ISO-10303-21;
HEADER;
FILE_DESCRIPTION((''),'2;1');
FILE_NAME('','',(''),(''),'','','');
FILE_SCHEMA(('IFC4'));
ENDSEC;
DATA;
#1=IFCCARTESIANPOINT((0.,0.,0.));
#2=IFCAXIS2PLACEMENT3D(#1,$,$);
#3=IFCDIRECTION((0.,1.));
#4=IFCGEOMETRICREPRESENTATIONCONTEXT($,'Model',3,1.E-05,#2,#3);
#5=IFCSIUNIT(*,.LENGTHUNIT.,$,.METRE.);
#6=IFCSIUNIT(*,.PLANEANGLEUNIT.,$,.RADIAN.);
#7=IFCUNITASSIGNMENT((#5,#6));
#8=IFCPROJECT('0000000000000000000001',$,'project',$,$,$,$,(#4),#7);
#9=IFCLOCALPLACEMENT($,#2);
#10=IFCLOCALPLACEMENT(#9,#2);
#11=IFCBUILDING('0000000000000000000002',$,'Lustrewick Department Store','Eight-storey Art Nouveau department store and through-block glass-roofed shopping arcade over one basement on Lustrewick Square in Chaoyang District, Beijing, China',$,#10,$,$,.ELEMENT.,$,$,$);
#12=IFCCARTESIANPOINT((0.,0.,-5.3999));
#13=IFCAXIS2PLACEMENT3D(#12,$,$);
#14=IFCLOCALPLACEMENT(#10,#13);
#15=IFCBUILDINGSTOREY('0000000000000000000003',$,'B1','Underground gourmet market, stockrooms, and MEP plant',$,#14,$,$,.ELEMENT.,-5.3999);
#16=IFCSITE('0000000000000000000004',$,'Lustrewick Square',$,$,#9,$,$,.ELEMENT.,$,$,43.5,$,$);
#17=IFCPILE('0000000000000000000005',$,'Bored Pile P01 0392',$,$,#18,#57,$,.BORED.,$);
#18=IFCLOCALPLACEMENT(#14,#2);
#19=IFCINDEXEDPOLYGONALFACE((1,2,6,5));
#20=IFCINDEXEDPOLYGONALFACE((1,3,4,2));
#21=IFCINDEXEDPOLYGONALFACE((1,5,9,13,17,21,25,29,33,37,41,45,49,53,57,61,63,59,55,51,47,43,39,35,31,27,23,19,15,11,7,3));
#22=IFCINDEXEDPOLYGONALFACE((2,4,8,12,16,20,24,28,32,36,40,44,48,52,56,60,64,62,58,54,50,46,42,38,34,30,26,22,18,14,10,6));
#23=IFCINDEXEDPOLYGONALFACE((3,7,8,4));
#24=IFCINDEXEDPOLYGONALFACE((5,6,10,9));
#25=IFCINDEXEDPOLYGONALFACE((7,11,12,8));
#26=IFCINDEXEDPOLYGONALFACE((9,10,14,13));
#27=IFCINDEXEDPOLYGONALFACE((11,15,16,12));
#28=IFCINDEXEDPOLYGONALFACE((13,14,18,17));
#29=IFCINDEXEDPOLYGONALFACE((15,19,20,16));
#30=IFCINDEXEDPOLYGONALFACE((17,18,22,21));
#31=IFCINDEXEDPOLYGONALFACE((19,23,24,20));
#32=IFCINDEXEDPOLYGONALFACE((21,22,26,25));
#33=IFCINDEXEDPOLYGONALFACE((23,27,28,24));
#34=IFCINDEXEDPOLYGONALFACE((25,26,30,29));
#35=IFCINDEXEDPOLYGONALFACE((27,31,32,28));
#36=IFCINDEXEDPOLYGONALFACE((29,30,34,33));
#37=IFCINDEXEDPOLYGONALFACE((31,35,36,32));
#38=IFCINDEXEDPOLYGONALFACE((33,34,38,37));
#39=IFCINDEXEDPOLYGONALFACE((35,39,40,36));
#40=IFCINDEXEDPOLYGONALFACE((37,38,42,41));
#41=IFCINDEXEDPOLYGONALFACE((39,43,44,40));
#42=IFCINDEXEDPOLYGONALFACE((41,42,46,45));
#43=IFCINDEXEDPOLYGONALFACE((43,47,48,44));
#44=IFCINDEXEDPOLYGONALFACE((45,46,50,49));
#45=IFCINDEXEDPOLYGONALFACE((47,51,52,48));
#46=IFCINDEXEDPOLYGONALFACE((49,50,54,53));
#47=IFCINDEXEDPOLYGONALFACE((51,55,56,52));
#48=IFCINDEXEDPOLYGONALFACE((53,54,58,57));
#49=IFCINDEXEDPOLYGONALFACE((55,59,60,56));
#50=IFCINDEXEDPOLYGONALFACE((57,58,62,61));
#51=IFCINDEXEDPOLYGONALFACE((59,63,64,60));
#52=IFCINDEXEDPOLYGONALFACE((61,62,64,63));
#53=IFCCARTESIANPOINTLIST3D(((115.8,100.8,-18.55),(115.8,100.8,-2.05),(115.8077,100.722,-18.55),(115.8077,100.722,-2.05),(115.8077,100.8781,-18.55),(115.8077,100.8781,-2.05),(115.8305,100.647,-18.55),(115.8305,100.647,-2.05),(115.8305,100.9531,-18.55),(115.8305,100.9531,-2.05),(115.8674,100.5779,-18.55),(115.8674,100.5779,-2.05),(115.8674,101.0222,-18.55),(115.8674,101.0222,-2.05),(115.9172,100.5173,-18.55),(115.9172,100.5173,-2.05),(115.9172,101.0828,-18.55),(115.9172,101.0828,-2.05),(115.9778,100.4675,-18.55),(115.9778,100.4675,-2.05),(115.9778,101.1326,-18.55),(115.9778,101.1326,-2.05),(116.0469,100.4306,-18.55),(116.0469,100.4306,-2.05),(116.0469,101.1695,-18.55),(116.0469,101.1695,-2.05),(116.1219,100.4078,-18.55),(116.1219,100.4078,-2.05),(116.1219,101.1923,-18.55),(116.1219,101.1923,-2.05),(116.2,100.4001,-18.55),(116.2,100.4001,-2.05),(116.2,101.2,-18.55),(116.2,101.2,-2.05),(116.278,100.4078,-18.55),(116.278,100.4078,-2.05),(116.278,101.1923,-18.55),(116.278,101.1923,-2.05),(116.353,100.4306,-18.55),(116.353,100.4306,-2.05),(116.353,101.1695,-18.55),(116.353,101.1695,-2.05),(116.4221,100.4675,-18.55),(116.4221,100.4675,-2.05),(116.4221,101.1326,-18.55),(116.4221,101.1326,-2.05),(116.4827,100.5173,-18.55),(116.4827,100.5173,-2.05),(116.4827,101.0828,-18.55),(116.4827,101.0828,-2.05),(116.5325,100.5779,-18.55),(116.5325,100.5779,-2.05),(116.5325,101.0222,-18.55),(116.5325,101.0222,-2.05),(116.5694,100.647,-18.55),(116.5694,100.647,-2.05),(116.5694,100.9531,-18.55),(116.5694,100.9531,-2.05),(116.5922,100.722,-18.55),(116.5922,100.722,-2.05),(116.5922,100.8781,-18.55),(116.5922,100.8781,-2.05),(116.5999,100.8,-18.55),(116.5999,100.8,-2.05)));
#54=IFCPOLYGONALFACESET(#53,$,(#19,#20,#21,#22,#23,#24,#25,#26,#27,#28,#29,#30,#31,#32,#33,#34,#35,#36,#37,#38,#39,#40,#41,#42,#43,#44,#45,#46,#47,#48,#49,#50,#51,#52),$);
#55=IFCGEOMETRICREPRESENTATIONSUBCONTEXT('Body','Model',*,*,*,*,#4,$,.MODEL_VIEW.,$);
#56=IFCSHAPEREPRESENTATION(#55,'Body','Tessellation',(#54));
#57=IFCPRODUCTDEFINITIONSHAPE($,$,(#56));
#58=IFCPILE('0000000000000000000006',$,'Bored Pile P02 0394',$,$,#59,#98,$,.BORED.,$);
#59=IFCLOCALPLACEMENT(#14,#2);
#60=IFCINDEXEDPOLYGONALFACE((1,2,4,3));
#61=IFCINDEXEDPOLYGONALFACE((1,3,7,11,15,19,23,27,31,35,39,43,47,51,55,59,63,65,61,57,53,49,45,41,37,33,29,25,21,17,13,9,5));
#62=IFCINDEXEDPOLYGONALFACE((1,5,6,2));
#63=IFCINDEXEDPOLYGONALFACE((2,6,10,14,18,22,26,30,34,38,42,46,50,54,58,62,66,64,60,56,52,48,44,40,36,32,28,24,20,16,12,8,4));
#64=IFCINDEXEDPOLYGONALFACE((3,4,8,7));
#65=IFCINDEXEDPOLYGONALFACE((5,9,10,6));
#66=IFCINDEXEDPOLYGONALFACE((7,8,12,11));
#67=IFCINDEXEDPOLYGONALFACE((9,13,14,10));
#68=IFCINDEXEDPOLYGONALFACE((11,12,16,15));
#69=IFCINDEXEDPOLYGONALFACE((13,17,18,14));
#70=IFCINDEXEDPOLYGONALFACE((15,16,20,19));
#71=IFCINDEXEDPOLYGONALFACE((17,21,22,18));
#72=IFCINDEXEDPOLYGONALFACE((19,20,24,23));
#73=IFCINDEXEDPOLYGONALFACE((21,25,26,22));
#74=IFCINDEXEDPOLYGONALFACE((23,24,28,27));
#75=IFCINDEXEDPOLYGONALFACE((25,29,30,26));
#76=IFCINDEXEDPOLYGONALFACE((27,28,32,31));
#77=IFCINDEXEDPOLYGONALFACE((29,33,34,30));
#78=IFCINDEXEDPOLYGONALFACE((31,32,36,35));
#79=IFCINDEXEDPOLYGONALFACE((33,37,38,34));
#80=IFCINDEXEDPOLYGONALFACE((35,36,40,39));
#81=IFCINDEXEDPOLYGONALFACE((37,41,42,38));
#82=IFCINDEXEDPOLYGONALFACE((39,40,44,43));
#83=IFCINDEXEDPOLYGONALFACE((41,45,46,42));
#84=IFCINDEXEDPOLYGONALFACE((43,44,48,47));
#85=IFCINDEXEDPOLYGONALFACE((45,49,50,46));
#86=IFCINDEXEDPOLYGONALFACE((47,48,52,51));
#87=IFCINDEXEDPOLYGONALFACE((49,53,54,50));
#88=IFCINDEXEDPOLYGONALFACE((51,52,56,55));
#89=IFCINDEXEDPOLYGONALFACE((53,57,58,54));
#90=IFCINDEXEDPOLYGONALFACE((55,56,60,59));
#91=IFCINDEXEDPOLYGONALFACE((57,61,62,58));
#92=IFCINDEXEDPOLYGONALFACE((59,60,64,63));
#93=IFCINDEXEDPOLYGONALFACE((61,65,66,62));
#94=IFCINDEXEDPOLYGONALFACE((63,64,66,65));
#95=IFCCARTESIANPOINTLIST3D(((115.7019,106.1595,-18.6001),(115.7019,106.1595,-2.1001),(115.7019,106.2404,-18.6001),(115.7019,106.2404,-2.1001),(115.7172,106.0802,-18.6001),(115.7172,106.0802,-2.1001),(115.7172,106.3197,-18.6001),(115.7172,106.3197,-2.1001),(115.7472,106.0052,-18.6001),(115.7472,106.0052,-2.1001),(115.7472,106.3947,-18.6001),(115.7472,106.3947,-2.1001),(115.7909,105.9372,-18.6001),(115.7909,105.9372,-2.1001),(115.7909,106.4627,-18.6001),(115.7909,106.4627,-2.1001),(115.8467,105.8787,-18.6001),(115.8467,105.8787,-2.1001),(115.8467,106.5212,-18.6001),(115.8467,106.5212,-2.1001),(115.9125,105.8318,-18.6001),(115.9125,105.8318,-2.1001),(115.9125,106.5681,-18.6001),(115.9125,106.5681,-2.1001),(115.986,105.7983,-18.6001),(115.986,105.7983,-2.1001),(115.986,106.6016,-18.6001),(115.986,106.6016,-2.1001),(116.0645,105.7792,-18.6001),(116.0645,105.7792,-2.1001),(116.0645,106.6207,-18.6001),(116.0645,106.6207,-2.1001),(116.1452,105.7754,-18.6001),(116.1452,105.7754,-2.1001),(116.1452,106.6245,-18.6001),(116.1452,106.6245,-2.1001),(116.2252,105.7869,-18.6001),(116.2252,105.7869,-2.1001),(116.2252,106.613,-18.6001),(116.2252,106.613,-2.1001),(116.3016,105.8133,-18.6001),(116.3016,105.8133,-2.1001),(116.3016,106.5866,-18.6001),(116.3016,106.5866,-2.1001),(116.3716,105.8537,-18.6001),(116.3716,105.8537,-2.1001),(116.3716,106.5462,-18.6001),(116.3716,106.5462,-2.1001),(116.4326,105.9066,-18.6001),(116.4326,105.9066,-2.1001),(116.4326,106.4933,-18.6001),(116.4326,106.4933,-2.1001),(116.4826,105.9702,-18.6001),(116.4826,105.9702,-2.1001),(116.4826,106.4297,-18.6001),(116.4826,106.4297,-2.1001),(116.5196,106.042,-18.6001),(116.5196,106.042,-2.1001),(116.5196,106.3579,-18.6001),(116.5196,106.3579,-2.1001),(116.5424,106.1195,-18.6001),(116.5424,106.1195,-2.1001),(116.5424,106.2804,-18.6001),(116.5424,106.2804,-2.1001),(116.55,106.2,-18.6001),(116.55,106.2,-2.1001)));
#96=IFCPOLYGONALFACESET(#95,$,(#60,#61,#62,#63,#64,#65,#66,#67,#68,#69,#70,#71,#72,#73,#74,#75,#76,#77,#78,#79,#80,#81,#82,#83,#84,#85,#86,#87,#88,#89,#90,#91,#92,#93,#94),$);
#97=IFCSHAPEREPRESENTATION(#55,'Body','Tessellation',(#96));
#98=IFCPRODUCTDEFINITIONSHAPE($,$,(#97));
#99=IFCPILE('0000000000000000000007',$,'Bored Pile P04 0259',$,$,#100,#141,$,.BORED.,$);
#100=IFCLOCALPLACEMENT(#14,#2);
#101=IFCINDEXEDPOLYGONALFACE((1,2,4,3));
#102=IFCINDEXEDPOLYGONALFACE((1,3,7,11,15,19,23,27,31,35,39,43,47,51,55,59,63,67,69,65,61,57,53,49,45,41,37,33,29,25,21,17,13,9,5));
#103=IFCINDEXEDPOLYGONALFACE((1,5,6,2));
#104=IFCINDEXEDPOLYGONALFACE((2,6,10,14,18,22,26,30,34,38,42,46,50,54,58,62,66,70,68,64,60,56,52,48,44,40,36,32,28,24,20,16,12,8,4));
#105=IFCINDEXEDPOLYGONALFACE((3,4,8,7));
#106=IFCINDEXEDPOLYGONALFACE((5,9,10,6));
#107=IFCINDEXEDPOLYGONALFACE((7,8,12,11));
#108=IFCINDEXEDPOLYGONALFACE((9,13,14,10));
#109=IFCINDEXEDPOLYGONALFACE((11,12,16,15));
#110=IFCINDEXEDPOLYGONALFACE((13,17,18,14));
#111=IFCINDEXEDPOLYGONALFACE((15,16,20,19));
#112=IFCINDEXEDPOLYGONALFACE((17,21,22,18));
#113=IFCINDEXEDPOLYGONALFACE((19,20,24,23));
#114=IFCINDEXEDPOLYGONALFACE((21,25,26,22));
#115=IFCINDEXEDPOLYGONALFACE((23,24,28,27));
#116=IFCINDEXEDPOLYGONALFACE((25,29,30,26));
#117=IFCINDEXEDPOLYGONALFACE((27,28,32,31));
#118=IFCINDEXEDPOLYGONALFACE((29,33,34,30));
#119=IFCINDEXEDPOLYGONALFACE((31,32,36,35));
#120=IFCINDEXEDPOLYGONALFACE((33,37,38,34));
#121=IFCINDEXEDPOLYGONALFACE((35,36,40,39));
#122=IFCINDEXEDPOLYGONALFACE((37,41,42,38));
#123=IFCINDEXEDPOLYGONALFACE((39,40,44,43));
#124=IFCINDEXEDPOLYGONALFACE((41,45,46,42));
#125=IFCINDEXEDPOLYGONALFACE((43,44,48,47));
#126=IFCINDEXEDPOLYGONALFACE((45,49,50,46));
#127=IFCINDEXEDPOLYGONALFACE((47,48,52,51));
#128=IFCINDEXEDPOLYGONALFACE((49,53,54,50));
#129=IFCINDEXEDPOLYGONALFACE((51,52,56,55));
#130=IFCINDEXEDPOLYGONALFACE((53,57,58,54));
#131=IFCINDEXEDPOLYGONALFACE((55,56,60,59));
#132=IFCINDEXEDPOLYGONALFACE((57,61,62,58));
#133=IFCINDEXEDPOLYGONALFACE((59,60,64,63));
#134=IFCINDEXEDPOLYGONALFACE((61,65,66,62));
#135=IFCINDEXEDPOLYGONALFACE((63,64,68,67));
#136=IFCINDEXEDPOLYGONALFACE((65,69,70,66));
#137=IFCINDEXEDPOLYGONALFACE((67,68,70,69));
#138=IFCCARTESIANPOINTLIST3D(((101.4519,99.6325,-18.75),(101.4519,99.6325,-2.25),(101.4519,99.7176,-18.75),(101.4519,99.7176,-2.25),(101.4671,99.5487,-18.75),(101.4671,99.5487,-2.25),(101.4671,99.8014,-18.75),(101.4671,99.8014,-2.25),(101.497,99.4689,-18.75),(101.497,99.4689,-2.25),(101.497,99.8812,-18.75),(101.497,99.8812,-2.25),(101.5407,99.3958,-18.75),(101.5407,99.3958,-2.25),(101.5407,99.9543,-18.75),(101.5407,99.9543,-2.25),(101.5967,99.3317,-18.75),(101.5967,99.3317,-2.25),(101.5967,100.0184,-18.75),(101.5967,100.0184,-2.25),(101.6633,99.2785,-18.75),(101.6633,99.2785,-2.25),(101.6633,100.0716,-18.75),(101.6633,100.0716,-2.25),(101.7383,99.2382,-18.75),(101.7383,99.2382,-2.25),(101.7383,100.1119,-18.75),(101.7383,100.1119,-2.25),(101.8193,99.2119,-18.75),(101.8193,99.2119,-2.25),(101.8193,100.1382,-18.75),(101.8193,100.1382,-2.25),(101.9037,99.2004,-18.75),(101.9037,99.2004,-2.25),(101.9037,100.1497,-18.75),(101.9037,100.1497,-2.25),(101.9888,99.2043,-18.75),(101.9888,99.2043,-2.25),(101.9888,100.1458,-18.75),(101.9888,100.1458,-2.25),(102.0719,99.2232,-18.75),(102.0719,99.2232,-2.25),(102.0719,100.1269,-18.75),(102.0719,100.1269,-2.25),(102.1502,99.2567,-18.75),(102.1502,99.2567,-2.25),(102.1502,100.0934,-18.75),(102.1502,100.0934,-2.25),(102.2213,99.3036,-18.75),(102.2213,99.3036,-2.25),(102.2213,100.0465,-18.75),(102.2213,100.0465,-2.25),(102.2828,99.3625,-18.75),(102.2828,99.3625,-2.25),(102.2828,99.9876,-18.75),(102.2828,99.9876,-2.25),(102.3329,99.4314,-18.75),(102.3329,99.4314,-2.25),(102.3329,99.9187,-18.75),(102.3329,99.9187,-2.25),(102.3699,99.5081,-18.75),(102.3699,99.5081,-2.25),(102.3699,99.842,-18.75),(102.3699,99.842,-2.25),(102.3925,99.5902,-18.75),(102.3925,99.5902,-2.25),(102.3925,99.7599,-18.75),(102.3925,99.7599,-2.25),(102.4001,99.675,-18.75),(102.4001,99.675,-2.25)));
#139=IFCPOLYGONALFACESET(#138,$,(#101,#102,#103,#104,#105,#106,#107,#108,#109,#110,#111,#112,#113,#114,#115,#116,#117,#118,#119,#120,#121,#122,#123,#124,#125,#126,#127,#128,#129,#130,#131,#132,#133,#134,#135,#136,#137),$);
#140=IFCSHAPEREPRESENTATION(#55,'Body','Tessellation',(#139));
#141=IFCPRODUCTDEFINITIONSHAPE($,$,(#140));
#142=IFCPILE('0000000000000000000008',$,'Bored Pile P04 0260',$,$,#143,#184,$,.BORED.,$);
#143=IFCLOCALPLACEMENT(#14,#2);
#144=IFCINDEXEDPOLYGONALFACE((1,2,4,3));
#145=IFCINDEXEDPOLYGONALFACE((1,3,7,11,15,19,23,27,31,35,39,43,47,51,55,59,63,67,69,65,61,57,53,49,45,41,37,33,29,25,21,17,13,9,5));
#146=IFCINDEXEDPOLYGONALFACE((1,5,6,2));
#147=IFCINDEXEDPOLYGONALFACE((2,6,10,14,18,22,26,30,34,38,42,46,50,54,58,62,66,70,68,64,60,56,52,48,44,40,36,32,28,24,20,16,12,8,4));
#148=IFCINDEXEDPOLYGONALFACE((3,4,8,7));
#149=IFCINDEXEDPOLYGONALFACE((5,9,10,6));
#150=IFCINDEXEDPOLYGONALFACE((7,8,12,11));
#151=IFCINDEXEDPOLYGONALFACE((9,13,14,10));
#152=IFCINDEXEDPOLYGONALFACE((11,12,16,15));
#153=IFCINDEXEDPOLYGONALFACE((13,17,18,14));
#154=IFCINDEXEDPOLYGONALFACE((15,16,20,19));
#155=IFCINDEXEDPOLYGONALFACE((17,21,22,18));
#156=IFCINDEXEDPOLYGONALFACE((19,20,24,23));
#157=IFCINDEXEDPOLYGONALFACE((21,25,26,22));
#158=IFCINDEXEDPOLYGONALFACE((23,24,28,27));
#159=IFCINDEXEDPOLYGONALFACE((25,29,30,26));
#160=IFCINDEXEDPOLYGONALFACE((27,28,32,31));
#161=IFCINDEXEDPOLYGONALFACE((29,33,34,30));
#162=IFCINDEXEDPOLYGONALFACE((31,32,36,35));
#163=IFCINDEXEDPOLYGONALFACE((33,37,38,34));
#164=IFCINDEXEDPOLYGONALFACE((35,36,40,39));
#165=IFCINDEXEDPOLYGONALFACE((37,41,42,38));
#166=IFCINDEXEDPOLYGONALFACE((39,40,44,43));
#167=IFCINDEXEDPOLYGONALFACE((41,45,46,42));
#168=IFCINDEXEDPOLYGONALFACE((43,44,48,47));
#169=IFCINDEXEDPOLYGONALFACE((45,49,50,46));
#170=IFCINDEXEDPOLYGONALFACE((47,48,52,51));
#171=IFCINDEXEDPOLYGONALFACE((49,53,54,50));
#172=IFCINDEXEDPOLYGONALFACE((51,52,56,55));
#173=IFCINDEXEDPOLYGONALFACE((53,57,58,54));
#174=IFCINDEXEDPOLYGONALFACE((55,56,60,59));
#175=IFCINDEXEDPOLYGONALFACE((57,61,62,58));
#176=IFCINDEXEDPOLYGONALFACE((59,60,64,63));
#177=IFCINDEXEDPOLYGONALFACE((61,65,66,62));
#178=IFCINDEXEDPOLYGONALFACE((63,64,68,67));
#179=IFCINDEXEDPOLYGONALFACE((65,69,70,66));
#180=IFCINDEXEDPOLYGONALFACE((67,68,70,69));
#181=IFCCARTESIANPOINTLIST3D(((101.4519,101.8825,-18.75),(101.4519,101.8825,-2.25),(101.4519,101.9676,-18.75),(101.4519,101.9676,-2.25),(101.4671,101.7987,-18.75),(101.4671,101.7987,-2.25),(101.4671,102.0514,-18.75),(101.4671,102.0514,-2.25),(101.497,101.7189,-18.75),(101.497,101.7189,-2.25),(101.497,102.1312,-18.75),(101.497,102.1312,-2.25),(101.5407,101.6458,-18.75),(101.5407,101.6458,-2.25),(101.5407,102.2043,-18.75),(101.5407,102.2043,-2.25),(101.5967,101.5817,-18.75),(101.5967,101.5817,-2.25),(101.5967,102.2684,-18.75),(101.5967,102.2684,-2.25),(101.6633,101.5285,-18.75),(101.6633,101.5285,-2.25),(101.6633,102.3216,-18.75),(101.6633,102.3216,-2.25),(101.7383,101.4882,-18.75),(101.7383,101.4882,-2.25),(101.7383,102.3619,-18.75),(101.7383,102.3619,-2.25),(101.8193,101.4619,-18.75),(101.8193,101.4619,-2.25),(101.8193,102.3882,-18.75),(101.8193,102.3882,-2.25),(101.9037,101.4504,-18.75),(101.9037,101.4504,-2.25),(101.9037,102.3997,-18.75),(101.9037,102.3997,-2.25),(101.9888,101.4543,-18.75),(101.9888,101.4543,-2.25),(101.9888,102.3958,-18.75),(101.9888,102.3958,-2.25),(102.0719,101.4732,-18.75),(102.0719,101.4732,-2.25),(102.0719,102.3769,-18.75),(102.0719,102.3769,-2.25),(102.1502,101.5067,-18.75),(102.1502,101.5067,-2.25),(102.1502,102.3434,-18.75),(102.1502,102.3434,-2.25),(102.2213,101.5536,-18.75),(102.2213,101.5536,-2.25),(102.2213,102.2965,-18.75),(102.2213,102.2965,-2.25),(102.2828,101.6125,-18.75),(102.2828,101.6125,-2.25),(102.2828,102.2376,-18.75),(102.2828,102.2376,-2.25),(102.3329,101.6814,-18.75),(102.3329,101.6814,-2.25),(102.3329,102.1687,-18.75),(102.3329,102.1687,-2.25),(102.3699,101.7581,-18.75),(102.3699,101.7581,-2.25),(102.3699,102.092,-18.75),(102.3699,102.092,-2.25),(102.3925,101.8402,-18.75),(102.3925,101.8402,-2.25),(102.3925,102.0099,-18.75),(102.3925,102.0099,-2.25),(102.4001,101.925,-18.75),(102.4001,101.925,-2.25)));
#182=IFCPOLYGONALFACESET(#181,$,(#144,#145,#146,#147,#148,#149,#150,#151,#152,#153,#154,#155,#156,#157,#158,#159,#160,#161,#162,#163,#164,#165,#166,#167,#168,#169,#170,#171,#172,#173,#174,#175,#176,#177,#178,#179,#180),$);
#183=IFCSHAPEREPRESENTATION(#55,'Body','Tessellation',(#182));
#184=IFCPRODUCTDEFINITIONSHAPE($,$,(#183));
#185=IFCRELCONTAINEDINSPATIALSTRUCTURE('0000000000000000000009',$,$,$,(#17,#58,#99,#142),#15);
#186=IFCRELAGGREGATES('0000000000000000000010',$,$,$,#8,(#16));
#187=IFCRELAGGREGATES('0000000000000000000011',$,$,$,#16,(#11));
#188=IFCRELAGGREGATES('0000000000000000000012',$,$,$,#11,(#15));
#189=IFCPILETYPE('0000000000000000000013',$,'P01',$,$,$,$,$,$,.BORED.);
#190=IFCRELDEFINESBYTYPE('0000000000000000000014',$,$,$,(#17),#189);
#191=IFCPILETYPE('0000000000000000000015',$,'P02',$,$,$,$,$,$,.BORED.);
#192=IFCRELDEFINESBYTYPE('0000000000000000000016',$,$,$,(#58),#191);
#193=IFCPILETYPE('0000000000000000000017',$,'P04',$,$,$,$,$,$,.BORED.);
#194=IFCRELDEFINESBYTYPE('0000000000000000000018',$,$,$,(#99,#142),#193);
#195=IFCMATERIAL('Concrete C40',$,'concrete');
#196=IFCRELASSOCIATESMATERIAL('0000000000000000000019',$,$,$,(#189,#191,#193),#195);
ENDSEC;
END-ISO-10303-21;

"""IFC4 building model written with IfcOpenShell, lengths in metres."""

from ifc_helpers import new_model, si_unit, direction, frame, origin, origin_2d, place, context, subcontext, project, spatial, circle, extrude, material, material_profile, profile_set, type_object, element, save


model = new_model("IFC4")

# Units and contexts
model_context = context("Model", 3, precision=1e-05, world=origin(), true_north=direction((0.0, 1.0)))
body_context = subcontext(model_context, "Body", "Model", "MODEL_VIEW")
ifc_project = project(units=[si_unit("LENGTHUNIT", "METRE"), si_unit("PLANEANGLEUNIT", "RADIAN")], contexts=[model_context])

# Site, building, storey
site_placement = place(None, origin())
site = spatial("IfcSite", under=ifc_project, at=site_placement, Name="Lustrewick Square", CompositionType="ELEMENT", RefElevation=43.5)
building_placement = place(site_placement, origin())
building = spatial("IfcBuilding", under=site, at=building_placement, Name="Lustrewick Department Store", Description="Eight-storey Art Nouveau department store and through-block glass-roofed shopping arcade over one basement on Lustrewick Square in Chaoyang District, Beijing, China", CompositionType="ELEMENT")
storey_placement = place(building_placement, frame((0.0, 0.0, -5.3999)))
storey = spatial("IfcBuildingStorey", under=building, at=storey_placement, Name="B1", Description="Underground gourmet market, stockrooms, and MEP plant", CompositionType="ELEMENT", Elevation=-5.3999)

# Piles
ifc_material_1 = material(Name="Concrete C40", Category="concrete")
ifc_material_profile_1 = material_profile(ifc_material_1, circle(Radius=0.3999, at=origin_2d()), Name="PILE D800")
ifc_profile_set_1 = profile_set([ifc_material_profile_1], Name="Concrete C40")
pile_type_1 = type_object("IfcPileType", Name="P01", PredefinedType="BORED", material=ifc_profile_set_1)
pile_1_placement = place(storey_placement, frame((116.2, 100.8, -2.05), z_axis=(0.0, 0.0, -1.0), x_axis=(1.0, 0.0, 0.0)))
element("IfcPile", 1, at=pile_1_placement, inside=storey, type_object=pile_type_1, Name="Bored Pile P01 0392", PredefinedType="BORED", context=body_context, shape_type="SweptSolid", body=[
    extrude(circle(Radius=0.3999, at=origin_2d()), origin(), (0.0, 0.0, 1.0), 16.5),
])
ifc_material_profile_2 = material_profile(ifc_material_1, circle(Radius=0.425, at=origin_2d()), Name="PILE D850")
ifc_profile_set_2 = profile_set([ifc_material_profile_2], Name="Concrete C40")
pile_type_2 = type_object("IfcPileType", Name="P02", PredefinedType="BORED", material=ifc_profile_set_2)
pile_2_placement = place(storey_placement, frame((116.125, 106.2, -2.1001), z_axis=(0.0, 0.0, -1.0), x_axis=(1.0, 0.0, 0.0)))
element("IfcPile", 2, at=pile_2_placement, inside=storey, type_object=pile_type_2, Name="Bored Pile P02 0394", PredefinedType="BORED", context=body_context, shape_type="SweptSolid", body=[
    extrude(circle(Radius=0.425, at=origin_2d()), origin(), (0.0, 0.0, 1.0), 16.5),
])
ifc_material_profile_3 = material_profile(ifc_material_1, circle(Radius=0.4751, at=origin_2d()), Name="PILE D950")
ifc_profile_set_3 = profile_set([ifc_material_profile_3], Name="Concrete C40")
pile_type_3 = type_object("IfcPileType", Name="P04", PredefinedType="BORED", material=ifc_profile_set_3)
for number, where, z_axis, x_axis, name in (
    (3, (101.925, 99.675, -2.25), (0.0, 0.0, -1.0), (1.0, 0.0, 0.0), "Bored Pile P04 0259"),
    (4, (101.925, 101.925, -2.25), (0.0, 0.0, -1.0), (1.0, 0.0, 0.0), "Bored Pile P04 0260"),
):
    element("IfcPile", number, at=place(storey_placement, frame(where, z_axis=z_axis, x_axis=x_axis)), inside=storey, type_object=pile_type_3, Name=name, PredefinedType="BORED", context=body_context, shape_type="SweptSolid", body=[
        extrude(circle(Radius=0.4751, at=origin_2d()), origin(), (0.0, 0.0, 1.0), 16.5),
    ])

save(model, "model.ifc")
